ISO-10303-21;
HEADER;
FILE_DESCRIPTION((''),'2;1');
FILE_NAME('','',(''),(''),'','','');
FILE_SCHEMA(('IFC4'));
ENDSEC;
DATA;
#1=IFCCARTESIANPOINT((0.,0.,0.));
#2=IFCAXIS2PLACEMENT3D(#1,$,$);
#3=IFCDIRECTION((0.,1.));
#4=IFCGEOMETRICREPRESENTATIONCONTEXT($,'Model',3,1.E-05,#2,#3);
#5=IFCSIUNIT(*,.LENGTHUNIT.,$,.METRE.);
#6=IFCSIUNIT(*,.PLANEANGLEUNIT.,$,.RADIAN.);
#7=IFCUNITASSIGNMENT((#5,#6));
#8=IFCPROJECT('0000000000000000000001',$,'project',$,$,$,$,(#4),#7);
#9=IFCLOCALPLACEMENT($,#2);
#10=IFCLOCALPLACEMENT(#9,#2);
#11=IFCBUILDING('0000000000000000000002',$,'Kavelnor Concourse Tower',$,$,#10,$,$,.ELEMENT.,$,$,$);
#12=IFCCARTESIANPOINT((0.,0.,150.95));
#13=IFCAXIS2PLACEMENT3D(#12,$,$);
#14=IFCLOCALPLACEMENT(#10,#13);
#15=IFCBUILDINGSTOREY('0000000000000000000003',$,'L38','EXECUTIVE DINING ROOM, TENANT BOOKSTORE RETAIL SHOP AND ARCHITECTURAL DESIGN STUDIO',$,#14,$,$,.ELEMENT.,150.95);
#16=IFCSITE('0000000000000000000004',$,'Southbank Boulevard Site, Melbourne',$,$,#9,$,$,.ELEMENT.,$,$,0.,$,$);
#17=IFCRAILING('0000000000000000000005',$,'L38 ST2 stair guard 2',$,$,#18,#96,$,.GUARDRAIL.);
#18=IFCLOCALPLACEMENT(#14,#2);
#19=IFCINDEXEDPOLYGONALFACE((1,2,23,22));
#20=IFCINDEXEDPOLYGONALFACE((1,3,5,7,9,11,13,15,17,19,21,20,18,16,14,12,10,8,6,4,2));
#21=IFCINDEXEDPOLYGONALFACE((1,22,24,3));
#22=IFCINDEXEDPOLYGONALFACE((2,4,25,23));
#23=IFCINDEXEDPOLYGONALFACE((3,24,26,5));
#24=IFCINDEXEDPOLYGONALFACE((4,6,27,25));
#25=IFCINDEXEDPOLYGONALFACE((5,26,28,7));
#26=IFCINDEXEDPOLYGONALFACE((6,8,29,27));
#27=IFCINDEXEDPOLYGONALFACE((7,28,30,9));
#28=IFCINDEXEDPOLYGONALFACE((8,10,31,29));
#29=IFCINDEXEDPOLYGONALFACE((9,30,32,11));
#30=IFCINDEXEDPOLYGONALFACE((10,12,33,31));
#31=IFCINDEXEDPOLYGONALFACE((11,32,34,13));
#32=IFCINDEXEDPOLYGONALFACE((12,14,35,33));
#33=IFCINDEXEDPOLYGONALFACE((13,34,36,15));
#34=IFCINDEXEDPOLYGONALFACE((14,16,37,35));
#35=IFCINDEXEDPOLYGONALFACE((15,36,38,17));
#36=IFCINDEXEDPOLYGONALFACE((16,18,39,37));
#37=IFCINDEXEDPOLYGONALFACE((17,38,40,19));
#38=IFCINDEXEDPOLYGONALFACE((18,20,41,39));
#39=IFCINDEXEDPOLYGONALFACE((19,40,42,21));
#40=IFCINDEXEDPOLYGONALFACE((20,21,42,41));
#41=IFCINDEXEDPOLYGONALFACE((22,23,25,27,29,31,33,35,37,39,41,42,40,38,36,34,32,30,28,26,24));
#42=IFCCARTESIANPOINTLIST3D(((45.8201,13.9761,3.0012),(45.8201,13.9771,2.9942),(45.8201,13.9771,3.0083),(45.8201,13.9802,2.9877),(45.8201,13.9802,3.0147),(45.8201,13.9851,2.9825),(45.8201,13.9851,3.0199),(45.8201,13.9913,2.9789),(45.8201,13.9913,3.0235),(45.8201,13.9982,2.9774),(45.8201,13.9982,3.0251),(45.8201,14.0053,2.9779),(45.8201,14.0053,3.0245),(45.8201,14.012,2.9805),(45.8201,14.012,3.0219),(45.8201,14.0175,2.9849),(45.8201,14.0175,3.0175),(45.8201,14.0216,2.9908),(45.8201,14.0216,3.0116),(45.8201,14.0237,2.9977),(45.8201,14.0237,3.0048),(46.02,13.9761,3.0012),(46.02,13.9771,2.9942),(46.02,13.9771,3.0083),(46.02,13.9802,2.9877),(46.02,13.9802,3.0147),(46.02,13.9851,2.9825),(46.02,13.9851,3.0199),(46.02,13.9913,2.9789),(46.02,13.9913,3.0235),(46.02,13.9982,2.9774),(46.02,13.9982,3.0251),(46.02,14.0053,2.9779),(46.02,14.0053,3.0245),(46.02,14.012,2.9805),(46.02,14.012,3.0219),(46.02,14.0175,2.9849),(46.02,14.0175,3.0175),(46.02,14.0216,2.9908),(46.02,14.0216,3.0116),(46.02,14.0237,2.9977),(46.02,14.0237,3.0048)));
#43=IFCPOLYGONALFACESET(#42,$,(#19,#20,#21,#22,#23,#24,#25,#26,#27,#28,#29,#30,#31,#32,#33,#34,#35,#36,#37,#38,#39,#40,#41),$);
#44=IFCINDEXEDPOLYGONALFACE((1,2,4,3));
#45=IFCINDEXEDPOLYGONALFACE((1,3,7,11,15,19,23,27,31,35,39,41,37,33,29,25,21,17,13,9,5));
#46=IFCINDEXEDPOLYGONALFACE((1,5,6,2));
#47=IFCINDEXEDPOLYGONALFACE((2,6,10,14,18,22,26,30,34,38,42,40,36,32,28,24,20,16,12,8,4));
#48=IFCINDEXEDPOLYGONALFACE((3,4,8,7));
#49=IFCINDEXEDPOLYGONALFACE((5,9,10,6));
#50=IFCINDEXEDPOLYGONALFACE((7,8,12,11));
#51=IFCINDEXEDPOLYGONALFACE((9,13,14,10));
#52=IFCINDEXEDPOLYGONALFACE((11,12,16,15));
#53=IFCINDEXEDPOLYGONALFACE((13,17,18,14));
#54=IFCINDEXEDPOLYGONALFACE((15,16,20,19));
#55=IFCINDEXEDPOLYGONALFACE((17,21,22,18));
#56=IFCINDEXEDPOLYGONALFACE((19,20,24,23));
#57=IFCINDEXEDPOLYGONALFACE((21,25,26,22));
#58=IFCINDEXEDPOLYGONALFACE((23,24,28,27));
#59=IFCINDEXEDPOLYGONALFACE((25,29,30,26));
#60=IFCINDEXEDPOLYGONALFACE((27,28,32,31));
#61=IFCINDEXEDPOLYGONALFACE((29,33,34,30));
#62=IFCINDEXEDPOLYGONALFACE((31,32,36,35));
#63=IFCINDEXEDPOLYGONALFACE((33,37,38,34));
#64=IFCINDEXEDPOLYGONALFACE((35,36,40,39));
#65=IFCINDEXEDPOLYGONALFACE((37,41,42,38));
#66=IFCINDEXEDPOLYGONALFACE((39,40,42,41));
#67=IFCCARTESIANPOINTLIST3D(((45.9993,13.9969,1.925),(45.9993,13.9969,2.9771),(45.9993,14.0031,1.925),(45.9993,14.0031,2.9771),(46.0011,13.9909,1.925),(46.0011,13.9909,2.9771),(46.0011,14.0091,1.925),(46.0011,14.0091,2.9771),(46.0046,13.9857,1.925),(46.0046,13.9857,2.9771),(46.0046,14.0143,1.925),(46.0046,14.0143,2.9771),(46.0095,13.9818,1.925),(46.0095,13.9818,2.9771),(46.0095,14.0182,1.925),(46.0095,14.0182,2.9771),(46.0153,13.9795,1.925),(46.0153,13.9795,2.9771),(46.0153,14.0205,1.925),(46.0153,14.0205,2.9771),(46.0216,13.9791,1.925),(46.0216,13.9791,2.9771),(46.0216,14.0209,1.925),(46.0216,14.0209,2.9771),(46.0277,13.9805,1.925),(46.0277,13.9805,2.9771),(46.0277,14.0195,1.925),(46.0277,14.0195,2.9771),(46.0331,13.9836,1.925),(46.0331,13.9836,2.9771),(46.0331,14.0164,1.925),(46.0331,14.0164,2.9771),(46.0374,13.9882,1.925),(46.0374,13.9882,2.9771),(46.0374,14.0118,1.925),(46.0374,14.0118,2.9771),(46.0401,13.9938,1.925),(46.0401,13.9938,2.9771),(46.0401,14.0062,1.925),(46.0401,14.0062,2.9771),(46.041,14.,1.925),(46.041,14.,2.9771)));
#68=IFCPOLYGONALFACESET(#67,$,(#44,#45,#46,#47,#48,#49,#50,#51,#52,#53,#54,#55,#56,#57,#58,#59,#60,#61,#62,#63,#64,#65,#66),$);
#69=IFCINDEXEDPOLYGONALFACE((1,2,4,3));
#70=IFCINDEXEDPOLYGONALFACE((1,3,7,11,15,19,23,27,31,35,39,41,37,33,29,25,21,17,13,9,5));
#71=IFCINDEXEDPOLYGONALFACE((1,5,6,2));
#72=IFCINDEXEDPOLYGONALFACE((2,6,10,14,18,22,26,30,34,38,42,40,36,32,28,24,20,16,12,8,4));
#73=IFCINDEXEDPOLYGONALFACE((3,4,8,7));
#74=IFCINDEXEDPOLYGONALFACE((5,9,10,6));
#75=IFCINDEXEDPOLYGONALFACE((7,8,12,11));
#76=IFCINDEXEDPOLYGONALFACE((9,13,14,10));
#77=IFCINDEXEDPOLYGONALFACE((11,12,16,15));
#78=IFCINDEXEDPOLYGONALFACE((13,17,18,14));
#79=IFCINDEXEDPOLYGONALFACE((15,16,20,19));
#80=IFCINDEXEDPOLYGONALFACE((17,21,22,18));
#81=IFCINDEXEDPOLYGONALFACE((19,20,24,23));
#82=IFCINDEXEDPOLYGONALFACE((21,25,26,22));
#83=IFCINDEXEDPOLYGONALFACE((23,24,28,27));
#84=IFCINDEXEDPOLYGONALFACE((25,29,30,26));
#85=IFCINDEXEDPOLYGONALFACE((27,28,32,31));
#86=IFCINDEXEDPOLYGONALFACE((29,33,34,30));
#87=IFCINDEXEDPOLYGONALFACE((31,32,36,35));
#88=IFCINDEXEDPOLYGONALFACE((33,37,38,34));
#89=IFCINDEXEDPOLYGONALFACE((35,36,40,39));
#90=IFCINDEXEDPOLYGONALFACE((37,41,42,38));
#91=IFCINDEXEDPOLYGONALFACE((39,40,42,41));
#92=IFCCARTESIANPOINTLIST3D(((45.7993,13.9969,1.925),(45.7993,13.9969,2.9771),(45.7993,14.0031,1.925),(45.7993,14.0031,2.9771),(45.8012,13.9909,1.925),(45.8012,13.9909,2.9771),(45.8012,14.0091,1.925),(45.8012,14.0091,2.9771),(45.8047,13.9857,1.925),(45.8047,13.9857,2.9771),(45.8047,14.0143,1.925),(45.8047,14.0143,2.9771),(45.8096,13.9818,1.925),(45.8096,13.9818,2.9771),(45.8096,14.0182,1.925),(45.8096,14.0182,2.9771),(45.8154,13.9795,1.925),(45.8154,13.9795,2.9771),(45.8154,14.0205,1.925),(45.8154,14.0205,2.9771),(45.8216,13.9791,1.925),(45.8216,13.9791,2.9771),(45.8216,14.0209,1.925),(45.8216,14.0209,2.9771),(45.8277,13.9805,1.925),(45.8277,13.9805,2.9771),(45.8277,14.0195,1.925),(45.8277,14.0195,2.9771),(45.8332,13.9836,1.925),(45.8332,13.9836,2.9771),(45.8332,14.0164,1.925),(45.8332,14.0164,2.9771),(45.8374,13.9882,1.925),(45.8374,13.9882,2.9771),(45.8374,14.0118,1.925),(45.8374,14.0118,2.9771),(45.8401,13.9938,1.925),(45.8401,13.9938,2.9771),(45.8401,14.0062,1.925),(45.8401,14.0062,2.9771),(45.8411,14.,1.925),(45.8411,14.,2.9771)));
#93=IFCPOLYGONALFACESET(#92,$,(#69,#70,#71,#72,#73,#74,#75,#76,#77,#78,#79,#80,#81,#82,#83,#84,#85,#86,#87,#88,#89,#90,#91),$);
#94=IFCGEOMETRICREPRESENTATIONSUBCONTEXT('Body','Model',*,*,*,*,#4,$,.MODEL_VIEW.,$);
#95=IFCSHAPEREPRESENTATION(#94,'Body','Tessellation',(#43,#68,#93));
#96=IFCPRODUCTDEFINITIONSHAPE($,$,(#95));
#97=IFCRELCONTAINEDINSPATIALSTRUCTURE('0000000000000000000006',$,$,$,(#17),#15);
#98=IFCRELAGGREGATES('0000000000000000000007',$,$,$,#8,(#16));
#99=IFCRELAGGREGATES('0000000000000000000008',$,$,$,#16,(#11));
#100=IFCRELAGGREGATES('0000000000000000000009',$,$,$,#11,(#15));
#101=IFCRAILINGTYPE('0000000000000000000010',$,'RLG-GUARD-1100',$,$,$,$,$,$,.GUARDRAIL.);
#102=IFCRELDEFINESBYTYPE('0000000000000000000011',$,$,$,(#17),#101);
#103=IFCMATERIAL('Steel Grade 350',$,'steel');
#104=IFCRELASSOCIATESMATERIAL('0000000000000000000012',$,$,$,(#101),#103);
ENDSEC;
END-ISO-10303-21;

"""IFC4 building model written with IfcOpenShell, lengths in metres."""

from ifc_helpers import new_model, si_unit, direction, frame, origin, origin_2d, place, context, subcontext, project, spatial, circle, extrude, material, type_object, element, save


model = new_model("IFC4")

# Units and contexts
model_context = context("Model", 3, precision=1e-05, world=origin(), true_north=direction((0.0, 1.0)))
body_context = subcontext(model_context, "Body", "Model", "MODEL_VIEW")
ifc_project = project(units=[si_unit("LENGTHUNIT", "METRE"), si_unit("PLANEANGLEUNIT", "RADIAN")], contexts=[model_context])

# Site, building, storey
site_placement = place(None, origin())
site = spatial("IfcSite", under=ifc_project, at=site_placement, Name="Southbank Boulevard Site, Melbourne", CompositionType="ELEMENT", RefElevation=0.0)
building_placement = place(site_placement, origin())
building = spatial("IfcBuilding", under=site, at=building_placement, Name="Kavelnor Concourse Tower", CompositionType="ELEMENT")
storey_placement = place(building_placement, frame((0.0, 0.0, 150.95)))
storey = spatial("IfcBuildingStorey", under=building, at=storey_placement, Name="L38", Description="EXECUTIVE DINING ROOM, TENANT BOOKSTORE RETAIL SHOP AND ARCHITECTURAL DESIGN STUDIO", CompositionType="ELEMENT", Elevation=150.95)

# Shared definitions
ifc_material_1 = material(Name="Steel Grade 350", Category="steel")

# Railing
railing_type_1 = type_object("IfcRailingType", Name="RLG-GUARD-1100", PredefinedType="GUARDRAIL", material=ifc_material_1)
railing_1_placement = place(storey_placement, frame((46.02, 14.0, 1.925)))
element("IfcRailing", 1, at=railing_1_placement, inside=storey, type_object=railing_type_1, Name="L38 ST2 stair guard 2", PredefinedType="GUARDRAIL", context=body_context, shape_type="SweptSolid", body=[
    extrude(circle(Radius=0.0239, at=origin_2d()), frame((0.0, 0.0, 1.0762), z_axis=(-1.0, 0.0, 0.0), x_axis=(0.0, -1.0, 0.0)), (0.0, 0.0, 1.0), 0.2),
    extrude(circle(Radius=0.021, at=origin_2d()), origin(), (0.0, 0.0, 1.0), 1.052),
    extrude(circle(Radius=0.021, at=origin_2d()), frame((-0.2, 0.0, 0.0)), (0.0, 0.0, 1.0), 1.052),
])

save(model, "model.ifc")
